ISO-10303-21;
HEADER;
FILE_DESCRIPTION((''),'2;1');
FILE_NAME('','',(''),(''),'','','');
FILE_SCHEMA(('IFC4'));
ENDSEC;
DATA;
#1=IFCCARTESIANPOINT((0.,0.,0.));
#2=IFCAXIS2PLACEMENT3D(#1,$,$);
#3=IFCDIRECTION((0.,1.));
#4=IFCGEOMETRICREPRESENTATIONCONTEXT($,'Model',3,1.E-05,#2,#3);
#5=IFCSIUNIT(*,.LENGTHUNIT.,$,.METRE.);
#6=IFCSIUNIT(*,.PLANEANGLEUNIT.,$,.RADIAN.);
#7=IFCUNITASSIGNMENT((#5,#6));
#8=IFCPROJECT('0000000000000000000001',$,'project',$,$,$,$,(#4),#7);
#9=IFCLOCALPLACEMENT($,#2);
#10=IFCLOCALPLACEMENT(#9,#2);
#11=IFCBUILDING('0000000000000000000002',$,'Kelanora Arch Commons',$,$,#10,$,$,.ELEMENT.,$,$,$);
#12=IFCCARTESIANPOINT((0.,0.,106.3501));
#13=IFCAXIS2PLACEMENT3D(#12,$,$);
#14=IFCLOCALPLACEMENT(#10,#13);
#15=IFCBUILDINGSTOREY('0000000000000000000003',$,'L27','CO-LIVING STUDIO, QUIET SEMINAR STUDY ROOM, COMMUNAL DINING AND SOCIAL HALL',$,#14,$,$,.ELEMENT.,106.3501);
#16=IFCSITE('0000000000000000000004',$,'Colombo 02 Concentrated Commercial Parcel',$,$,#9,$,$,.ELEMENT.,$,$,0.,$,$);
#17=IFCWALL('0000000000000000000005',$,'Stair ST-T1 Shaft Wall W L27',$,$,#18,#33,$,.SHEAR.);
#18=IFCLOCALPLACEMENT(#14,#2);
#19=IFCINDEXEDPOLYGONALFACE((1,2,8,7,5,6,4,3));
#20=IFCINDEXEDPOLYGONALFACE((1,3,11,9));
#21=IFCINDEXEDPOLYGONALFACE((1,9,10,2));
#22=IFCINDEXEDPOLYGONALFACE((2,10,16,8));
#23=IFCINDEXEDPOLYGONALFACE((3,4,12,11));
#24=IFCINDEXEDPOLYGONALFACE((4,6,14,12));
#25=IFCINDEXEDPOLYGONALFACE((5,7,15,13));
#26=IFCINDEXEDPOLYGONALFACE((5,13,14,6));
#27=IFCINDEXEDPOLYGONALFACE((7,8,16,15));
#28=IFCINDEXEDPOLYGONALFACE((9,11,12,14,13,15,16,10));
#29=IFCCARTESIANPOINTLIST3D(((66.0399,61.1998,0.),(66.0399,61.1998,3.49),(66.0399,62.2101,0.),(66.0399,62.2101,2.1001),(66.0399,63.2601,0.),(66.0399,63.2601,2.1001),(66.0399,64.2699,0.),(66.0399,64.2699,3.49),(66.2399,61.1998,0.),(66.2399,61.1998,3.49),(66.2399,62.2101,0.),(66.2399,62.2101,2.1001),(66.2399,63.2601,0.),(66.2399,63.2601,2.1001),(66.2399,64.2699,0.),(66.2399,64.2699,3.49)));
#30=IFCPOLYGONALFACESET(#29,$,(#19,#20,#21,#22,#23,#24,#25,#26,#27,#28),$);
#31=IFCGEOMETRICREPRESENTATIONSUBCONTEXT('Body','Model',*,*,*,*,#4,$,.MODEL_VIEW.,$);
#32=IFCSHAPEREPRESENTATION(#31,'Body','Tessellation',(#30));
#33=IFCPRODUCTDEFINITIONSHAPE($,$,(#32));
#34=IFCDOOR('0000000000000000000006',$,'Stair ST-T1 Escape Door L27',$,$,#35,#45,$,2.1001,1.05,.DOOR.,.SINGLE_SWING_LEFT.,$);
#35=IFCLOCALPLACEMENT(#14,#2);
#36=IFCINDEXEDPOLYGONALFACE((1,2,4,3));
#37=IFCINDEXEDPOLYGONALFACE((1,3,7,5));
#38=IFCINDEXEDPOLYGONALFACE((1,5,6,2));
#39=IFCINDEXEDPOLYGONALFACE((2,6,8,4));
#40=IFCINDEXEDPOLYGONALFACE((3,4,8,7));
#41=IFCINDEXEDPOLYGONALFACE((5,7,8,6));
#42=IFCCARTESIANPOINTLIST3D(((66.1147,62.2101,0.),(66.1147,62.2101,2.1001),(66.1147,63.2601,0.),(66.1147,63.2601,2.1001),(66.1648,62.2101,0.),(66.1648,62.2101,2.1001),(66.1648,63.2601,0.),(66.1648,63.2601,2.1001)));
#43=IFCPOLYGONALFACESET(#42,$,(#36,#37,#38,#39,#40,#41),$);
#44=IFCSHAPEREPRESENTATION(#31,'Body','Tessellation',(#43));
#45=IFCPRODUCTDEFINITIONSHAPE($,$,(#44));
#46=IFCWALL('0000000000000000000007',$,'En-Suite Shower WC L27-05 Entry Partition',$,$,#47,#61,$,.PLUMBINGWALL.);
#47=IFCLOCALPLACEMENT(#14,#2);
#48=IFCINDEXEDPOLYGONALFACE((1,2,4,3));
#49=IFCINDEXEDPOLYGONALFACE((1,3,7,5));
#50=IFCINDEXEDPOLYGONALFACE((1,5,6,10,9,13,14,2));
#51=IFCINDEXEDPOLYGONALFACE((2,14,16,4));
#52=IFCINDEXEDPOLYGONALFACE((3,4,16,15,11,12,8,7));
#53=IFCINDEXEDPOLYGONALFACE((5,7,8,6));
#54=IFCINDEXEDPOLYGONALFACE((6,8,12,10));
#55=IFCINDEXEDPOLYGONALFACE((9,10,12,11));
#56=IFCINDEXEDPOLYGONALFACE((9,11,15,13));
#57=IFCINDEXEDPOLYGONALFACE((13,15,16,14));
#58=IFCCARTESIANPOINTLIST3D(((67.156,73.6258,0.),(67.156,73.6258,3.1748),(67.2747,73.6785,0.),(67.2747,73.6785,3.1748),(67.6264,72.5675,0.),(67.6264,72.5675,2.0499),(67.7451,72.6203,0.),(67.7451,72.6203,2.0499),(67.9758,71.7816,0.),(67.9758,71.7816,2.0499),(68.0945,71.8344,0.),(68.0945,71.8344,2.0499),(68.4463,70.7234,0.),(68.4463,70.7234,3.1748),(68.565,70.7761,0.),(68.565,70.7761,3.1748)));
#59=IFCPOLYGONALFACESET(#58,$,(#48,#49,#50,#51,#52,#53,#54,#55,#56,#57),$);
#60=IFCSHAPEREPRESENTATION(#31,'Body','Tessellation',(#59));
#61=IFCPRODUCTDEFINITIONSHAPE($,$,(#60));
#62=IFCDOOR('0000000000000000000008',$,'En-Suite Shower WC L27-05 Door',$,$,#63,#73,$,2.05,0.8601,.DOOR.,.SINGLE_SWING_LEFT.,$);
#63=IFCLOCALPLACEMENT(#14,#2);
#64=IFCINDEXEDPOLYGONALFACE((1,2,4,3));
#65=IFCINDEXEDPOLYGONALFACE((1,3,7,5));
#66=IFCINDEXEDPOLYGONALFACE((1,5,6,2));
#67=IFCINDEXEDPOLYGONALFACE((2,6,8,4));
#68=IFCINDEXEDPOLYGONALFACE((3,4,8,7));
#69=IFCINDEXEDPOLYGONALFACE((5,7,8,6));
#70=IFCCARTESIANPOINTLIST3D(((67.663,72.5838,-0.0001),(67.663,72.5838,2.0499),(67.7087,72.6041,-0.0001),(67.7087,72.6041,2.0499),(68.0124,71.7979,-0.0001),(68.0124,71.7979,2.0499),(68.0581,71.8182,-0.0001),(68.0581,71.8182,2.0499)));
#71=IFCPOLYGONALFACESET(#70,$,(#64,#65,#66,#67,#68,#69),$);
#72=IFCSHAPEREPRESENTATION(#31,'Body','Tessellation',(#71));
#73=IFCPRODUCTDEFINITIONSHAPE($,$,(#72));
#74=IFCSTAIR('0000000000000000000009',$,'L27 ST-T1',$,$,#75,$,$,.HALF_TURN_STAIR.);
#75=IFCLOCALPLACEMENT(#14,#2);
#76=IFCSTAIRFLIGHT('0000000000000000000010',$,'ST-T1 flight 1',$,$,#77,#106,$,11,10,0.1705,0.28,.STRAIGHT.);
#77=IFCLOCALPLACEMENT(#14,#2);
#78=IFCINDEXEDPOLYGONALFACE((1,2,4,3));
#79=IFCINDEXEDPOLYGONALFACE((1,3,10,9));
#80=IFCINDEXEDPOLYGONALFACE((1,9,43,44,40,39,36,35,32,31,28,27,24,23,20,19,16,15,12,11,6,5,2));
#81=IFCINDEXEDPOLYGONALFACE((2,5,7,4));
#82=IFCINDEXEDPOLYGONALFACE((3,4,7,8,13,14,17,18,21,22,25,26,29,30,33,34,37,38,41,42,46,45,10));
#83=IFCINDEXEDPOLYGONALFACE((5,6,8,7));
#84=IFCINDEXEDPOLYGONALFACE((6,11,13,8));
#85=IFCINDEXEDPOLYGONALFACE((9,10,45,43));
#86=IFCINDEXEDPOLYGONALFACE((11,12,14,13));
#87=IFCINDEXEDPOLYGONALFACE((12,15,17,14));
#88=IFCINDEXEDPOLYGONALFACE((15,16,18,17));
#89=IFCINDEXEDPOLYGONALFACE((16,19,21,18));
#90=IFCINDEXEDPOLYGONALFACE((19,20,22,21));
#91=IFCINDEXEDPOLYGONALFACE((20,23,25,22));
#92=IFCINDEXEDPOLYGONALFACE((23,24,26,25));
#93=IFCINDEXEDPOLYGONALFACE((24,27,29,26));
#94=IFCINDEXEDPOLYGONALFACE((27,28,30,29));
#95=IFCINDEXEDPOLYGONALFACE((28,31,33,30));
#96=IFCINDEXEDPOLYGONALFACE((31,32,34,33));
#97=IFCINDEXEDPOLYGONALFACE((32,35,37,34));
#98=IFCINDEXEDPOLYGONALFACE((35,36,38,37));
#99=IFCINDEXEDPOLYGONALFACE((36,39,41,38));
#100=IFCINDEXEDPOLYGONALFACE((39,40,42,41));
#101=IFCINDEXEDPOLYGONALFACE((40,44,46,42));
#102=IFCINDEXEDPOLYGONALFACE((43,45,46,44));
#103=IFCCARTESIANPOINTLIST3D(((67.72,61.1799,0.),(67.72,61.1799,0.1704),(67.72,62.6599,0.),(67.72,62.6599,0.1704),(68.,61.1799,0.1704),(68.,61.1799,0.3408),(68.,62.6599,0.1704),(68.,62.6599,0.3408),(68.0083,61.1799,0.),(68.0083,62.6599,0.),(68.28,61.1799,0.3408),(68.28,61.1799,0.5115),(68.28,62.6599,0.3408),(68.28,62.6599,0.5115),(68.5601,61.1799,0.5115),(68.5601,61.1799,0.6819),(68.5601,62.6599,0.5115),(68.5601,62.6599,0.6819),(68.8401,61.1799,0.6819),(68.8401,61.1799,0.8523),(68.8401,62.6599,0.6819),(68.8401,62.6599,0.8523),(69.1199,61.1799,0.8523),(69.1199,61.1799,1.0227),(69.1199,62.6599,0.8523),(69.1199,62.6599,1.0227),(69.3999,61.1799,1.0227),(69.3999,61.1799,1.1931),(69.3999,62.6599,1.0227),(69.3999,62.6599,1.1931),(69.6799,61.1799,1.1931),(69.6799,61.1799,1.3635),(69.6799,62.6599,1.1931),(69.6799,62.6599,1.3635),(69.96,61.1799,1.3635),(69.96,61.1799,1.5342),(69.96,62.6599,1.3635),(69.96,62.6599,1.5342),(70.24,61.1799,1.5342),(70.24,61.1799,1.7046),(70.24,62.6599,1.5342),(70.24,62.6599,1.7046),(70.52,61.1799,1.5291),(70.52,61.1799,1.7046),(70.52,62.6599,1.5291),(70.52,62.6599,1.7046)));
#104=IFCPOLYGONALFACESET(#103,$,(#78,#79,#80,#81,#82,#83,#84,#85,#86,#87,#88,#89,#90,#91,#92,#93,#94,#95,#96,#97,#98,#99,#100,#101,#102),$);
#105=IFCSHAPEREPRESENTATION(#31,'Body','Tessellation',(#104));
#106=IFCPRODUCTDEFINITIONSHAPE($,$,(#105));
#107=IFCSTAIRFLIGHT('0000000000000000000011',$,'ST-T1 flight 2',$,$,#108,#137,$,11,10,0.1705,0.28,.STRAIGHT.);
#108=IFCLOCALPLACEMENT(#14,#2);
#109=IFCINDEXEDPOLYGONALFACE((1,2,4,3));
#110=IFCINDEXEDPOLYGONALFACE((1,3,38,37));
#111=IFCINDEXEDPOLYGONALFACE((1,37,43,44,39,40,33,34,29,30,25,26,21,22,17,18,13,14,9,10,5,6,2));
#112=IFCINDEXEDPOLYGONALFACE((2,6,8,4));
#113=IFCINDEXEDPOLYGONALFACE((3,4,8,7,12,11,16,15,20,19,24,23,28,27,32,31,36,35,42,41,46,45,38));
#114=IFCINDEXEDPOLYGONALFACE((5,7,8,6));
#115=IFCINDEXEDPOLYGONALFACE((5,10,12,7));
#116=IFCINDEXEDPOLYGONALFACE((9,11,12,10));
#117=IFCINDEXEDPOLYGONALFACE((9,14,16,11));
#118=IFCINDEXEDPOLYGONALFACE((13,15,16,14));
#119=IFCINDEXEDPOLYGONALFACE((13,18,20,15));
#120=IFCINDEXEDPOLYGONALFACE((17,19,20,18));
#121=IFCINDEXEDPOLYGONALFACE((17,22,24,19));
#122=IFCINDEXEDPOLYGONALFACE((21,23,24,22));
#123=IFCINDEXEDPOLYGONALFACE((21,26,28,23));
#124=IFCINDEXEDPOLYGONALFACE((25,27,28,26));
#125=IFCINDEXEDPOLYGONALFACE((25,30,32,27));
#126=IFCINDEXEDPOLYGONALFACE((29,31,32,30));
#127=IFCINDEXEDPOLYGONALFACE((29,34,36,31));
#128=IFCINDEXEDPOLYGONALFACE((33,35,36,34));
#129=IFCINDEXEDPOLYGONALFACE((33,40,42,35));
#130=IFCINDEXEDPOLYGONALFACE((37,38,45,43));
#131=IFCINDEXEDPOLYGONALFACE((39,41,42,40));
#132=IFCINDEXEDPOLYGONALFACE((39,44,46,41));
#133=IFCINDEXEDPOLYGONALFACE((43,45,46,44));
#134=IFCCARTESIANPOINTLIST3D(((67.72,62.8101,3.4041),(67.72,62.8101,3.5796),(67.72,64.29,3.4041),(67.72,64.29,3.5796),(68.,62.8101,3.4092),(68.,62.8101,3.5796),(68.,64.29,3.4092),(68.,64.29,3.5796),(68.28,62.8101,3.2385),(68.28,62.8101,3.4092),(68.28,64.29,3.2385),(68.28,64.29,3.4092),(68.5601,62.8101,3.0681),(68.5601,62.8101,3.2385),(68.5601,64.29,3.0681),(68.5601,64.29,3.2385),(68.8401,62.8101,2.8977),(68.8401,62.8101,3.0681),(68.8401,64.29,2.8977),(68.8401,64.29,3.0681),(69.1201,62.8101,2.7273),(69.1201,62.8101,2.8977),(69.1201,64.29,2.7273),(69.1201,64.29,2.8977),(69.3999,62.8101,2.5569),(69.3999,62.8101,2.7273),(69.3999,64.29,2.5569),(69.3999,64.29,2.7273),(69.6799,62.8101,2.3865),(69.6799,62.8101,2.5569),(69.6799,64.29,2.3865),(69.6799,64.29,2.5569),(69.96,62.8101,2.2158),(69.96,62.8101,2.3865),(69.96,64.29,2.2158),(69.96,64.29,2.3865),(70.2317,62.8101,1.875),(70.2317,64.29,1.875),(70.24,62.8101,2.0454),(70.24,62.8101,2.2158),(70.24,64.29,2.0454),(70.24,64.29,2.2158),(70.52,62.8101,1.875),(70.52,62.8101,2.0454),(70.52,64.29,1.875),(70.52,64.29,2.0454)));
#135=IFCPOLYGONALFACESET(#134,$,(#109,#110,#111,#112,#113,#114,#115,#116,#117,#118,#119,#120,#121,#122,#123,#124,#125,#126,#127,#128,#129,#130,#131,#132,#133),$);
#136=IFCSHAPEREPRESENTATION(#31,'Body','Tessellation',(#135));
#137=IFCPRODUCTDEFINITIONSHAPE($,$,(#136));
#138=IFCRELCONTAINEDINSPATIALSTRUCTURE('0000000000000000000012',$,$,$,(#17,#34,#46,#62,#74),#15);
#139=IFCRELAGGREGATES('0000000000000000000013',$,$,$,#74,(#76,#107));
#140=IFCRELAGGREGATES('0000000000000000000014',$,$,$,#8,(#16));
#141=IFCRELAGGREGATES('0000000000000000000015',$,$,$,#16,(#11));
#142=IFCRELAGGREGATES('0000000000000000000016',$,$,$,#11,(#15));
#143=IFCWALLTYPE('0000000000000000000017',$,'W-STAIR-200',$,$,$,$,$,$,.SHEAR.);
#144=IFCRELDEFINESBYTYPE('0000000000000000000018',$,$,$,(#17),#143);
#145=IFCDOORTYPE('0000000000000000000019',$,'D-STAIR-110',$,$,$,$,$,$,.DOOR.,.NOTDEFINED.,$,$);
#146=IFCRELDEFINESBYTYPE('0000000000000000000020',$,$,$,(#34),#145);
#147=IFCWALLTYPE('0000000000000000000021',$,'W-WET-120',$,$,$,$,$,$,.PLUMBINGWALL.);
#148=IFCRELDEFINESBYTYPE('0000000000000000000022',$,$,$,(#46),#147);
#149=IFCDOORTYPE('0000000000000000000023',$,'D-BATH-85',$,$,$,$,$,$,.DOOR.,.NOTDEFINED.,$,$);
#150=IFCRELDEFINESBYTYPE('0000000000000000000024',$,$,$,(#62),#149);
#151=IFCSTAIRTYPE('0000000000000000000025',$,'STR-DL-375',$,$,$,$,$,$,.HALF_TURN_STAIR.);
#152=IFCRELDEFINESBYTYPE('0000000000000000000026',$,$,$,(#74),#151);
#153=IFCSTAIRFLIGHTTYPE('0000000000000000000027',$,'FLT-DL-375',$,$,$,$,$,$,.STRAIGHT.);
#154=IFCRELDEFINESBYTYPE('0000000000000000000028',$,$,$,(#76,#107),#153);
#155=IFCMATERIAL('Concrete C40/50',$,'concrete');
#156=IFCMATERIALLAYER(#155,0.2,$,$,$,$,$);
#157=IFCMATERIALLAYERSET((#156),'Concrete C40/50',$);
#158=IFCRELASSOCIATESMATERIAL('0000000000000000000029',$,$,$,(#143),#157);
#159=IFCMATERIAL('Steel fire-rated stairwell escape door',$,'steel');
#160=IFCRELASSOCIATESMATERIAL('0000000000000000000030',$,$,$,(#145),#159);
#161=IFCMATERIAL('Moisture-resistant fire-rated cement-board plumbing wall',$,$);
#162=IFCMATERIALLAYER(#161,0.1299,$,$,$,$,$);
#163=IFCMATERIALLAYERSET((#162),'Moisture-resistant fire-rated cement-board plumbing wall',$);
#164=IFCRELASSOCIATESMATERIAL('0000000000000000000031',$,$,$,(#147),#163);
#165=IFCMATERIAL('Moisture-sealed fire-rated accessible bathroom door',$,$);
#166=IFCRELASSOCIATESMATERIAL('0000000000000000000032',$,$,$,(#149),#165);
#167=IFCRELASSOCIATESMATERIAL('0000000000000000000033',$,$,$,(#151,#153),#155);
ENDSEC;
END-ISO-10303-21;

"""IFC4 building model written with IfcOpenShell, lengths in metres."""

from ifc_helpers import new_model, si_unit, direction, frame, frame_2d, origin, place, context, subcontext, project, spatial, polyline, rectangle, outline, extrude, material, layer, layer_set, type_object, element, fill, aggregate, save


model = new_model("IFC4")

# Units and contexts
model_context = context("Model", 3, precision=1e-05, world=origin(), true_north=direction((0.0, 1.0)))
body_context = subcontext(model_context, "Body", "Model", "MODEL_VIEW")
ifc_project = project(units=[si_unit("LENGTHUNIT", "METRE"), si_unit("PLANEANGLEUNIT", "RADIAN")], contexts=[model_context])

# Site, building, storey
site_placement = place(None, origin())
site = spatial("IfcSite", under=ifc_project, at=site_placement, Name="Colombo 02 Concentrated Commercial Parcel", CompositionType="ELEMENT", RefElevation=0.0)
building_placement = place(site_placement, origin())
building = spatial("IfcBuilding", under=site, at=building_placement, Name="Kelanora Arch Commons", CompositionType="ELEMENT")
storey_placement = place(building_placement, frame((0.0, 0.0, 106.3501)))
storey = spatial("IfcBuildingStorey", under=building, at=storey_placement, Name="L27", Description="CO-LIVING STUDIO, QUIET SEMINAR STUDY ROOM, COMMUNAL DINING AND SOCIAL HALL", CompositionType="ELEMENT", Elevation=106.3501)

# Shared definitions
ifc_material_1 = material(Name="Concrete C40/50", Category="concrete")

# Shared definitions
ifc_layer_1 = layer(ifc_material_1, 0.2)
ifc_layer_set_1 = layer_set([ifc_layer_1], Name="Concrete C40/50")
wall_type_1 = type_object("IfcWallType", Name="W-STAIR-200", PredefinedType="SHEAR", material=ifc_layer_set_1)

# Walls, openings, doors
wall_1_placement = place(storey_placement, frame((66.1399, 64.27, 0.0), z_axis=(0.0, 0.0, 1.0), x_axis=(0.0, -1.0, 0.0)))
wall_1 = element("IfcWall", 1, at=wall_1_placement, inside=storey, type_object=wall_type_1, Name="Stair ST-T1 Shaft Wall W L27", PredefinedType="SHEAR", context=body_context, shape_type="SweptSolid", body=[
    extrude(rectangle(XDim=3.0701, YDim=0.2, at=frame_2d((1.5352, 0.0))), origin(), (0.0, 0.0, 1.0), 3.49),
])
opening_1_placement = place(wall_1_placement, frame((1.01, 0.0, 0.0)))
opening_1 = element("IfcOpeningElement", 2, at=opening_1_placement, cuts=wall_1, PredefinedType="OPENING", context=body_context, shape_type="SweptSolid", body=[
    extrude(rectangle(XDim=1.05, YDim=2.1001, at=frame_2d((0.5249, 1.05))), frame((0.0, 0.1099, 0.0), z_axis=(0.0, -1.0, 0.0), x_axis=(1.0, 0.0, 0.0)), (0.0, 0.0, 1.0), 0.22),
])
ifc_material_2 = material(Name="Steel fire-rated stairwell escape door", Category="steel")
door_type_1 = type_object("IfcDoorType", Name="D-STAIR-110", OperationType="NOTDEFINED", PredefinedType="DOOR", material=ifc_material_2)
door_1_placement = place(opening_1_placement, origin())
door_1 = element("IfcDoor", 3, at=door_1_placement, inside=storey, type_object=door_type_1, Name="Stair ST-T1 Escape Door L27", OperationType="SINGLE_SWING_LEFT", OverallHeight=2.1001, OverallWidth=1.05, PredefinedType="DOOR", context=body_context, shape_type="SweptSolid", body=[
    extrude(rectangle(XDim=1.05, YDim=2.1001, at=frame_2d((0.5249, 1.05))), frame((0.0, 0.0249, 0.0), z_axis=(0.0, -1.0, 0.0), x_axis=(1.0, 0.0, 0.0)), (0.0, 0.0, 1.0), 0.05),
])
fill(opening_1, door_1)
ifc_material_3 = material(Name="Moisture-resistant fire-rated cement-board plumbing wall")
ifc_layer_2 = layer(ifc_material_3, 0.1299)
ifc_layer_set_2 = layer_set([ifc_layer_2], Name="Moisture-resistant fire-rated cement-board plumbing wall")
wall_type_2 = type_object("IfcWallType", Name="W-WET-120", PredefinedType="PLUMBINGWALL", material=ifc_layer_set_2)
wall_2_placement = place(storey_placement, frame((68.5056, 70.7498, 0.0), z_axis=(0.0, 0.0, 1.0), x_axis=(-0.406231, 0.91377, 0.0)))
wall_2 = element("IfcWall", 4, at=wall_2_placement, inside=storey, type_object=wall_type_2, Name="En-Suite Shower WC L27-05 Entry Partition", PredefinedType="PLUMBINGWALL", context=body_context, shape_type="SweptSolid", body=[
    extrude(rectangle(XDim=3.1763, YDim=0.1299, at=frame_2d((1.5881, 0.0))), origin(), (0.0, 0.0, 1.0), 3.1748),
])
opening_2_placement = place(wall_2_placement, frame((1.158, 0.0, 0.0)))
opening_2 = element("IfcOpeningElement", 5, at=opening_2_placement, cuts=wall_2, PredefinedType="OPENING", context=body_context, shape_type="SweptSolid", body=[
    extrude(rectangle(XDim=0.8601, YDim=2.05, at=frame_2d((0.4302, 1.0249))), frame((0.0, 0.075, 0.0), z_axis=(0.0, -1.0, 0.0), x_axis=(1.0, 0.0, 0.0)), (0.0, 0.0, 1.0), 0.1499),
])
ifc_material_4 = material(Name="Moisture-sealed fire-rated accessible bathroom door")
door_type_2 = type_object("IfcDoorType", Name="D-BATH-85", OperationType="NOTDEFINED", PredefinedType="DOOR", material=ifc_material_4)
door_2_placement = place(opening_2_placement, origin())
door_2 = element("IfcDoor", 6, at=door_2_placement, inside=storey, type_object=door_type_2, Name="En-Suite Shower WC L27-05 Door", OperationType="SINGLE_SWING_LEFT", OverallHeight=2.05, OverallWidth=0.8601, PredefinedType="DOOR", context=body_context, shape_type="SweptSolid", body=[
    extrude(rectangle(XDim=0.8601, YDim=2.05, at=frame_2d((0.4302, 1.0249))), frame((0.0, 0.0249, 0.0), z_axis=(0.0, -1.0, 0.0), x_axis=(1.0, 0.0, 0.0)), (0.0, 0.0, 1.0), 0.05),
])
fill(opening_2, door_2)

# Stair, stair flights
stair_type = type_object("IfcStairType", Name="STR-DL-375", PredefinedType="HALF_TURN_STAIR", material=ifc_material_1)
stair_placement = place(storey_placement, origin())
stair = element("IfcStair", 7, at=stair_placement, inside=storey, type_object=stair_type, Name="L27 ST-T1", PredefinedType="HALF_TURN_STAIR")
stair_flight_type = type_object("IfcStairFlightType", Name="FLT-DL-375", PredefinedType="STRAIGHT", material=ifc_material_1)
stair_flight_1_placement = place(storey_placement, frame((67.72, 61.9199, 0.0), z_axis=(0.0, 0.0, 1.0), x_axis=(1.0, 0.0, 0.0)))
stair_flight_1 = element("IfcStairFlight", 8, at=stair_flight_1_placement, type_object=stair_flight_type, Name="ST-T1 flight 1", NumberOfRisers=11, NumberOfTreads=10, PredefinedType="STRAIGHT", RiserHeight=0.1705, TreadLength=0.28, context=body_context, shape_type="SweptSolid", body=[
    extrude(outline(polyline([(0.0, 0.0), (0.0, 0.1704), (0.28, 0.1704), (0.28, 0.3408), (0.5601, 0.3408), (0.5601, 0.5115), (0.8401, 0.5115), (0.8401, 0.6819), (1.1201, 0.6819), (1.1201, 0.8523), (1.3999, 0.8523), (1.3999, 1.0227), (1.6799, 1.0227), (1.6799, 1.1931), (1.96, 1.1931), (1.96, 1.3635), (2.24, 1.3635), (2.24, 1.5342), (2.52, 1.5342), (2.52, 1.7046), (2.8, 1.7046), (2.8, 1.875), (2.8, 1.5291), (0.2883, 0.0), (0.0, 0.0)])), frame((0.0, 0.74, 0.0), z_axis=(0.0, -1.0, 0.0), x_axis=(1.0, 0.0, 0.0)), (0.0, 0.0, 1.0), 1.48),
])
stair_flight_2_placement = place(storey_placement, frame((70.52, 63.55, 1.875), z_axis=(0.0, 0.0, 1.0), x_axis=(-1.0, 0.0, 0.0)))
stair_flight_2 = element("IfcStairFlight", 9, at=stair_flight_2_placement, type_object=stair_flight_type, Name="ST-T1 flight 2", NumberOfRisers=11, NumberOfTreads=10, PredefinedType="STRAIGHT", RiserHeight=0.1705, TreadLength=0.28, context=body_context, shape_type="SweptSolid", body=[
    extrude(outline(polyline([(0.0, 0.0), (0.0, 0.1704), (0.28, 0.1704), (0.28, 0.3408), (0.5601, 0.3408), (0.5601, 0.5115), (0.8401, 0.5115), (0.8401, 0.6819), (1.1201, 0.6819), (1.1201, 0.8523), (1.3999, 0.8523), (1.3999, 1.0227), (1.6799, 1.0227), (1.6799, 1.1931), (1.96, 1.1931), (1.96, 1.3635), (2.24, 1.3635), (2.24, 1.5342), (2.52, 1.5342), (2.52, 1.7046), (2.8, 1.7046), (2.8, 1.875), (2.8, 1.5291), (0.2883, 0.0), (0.0, 0.0)])), frame((0.0, 0.74, 0.0), z_axis=(0.0, -1.0, 0.0), x_axis=(1.0, 0.0, 0.0)), (0.0, 0.0, 1.0), 1.48),
])
aggregate(stair, [stair_flight_1, stair_flight_2])

save(model, "model.ifc")
